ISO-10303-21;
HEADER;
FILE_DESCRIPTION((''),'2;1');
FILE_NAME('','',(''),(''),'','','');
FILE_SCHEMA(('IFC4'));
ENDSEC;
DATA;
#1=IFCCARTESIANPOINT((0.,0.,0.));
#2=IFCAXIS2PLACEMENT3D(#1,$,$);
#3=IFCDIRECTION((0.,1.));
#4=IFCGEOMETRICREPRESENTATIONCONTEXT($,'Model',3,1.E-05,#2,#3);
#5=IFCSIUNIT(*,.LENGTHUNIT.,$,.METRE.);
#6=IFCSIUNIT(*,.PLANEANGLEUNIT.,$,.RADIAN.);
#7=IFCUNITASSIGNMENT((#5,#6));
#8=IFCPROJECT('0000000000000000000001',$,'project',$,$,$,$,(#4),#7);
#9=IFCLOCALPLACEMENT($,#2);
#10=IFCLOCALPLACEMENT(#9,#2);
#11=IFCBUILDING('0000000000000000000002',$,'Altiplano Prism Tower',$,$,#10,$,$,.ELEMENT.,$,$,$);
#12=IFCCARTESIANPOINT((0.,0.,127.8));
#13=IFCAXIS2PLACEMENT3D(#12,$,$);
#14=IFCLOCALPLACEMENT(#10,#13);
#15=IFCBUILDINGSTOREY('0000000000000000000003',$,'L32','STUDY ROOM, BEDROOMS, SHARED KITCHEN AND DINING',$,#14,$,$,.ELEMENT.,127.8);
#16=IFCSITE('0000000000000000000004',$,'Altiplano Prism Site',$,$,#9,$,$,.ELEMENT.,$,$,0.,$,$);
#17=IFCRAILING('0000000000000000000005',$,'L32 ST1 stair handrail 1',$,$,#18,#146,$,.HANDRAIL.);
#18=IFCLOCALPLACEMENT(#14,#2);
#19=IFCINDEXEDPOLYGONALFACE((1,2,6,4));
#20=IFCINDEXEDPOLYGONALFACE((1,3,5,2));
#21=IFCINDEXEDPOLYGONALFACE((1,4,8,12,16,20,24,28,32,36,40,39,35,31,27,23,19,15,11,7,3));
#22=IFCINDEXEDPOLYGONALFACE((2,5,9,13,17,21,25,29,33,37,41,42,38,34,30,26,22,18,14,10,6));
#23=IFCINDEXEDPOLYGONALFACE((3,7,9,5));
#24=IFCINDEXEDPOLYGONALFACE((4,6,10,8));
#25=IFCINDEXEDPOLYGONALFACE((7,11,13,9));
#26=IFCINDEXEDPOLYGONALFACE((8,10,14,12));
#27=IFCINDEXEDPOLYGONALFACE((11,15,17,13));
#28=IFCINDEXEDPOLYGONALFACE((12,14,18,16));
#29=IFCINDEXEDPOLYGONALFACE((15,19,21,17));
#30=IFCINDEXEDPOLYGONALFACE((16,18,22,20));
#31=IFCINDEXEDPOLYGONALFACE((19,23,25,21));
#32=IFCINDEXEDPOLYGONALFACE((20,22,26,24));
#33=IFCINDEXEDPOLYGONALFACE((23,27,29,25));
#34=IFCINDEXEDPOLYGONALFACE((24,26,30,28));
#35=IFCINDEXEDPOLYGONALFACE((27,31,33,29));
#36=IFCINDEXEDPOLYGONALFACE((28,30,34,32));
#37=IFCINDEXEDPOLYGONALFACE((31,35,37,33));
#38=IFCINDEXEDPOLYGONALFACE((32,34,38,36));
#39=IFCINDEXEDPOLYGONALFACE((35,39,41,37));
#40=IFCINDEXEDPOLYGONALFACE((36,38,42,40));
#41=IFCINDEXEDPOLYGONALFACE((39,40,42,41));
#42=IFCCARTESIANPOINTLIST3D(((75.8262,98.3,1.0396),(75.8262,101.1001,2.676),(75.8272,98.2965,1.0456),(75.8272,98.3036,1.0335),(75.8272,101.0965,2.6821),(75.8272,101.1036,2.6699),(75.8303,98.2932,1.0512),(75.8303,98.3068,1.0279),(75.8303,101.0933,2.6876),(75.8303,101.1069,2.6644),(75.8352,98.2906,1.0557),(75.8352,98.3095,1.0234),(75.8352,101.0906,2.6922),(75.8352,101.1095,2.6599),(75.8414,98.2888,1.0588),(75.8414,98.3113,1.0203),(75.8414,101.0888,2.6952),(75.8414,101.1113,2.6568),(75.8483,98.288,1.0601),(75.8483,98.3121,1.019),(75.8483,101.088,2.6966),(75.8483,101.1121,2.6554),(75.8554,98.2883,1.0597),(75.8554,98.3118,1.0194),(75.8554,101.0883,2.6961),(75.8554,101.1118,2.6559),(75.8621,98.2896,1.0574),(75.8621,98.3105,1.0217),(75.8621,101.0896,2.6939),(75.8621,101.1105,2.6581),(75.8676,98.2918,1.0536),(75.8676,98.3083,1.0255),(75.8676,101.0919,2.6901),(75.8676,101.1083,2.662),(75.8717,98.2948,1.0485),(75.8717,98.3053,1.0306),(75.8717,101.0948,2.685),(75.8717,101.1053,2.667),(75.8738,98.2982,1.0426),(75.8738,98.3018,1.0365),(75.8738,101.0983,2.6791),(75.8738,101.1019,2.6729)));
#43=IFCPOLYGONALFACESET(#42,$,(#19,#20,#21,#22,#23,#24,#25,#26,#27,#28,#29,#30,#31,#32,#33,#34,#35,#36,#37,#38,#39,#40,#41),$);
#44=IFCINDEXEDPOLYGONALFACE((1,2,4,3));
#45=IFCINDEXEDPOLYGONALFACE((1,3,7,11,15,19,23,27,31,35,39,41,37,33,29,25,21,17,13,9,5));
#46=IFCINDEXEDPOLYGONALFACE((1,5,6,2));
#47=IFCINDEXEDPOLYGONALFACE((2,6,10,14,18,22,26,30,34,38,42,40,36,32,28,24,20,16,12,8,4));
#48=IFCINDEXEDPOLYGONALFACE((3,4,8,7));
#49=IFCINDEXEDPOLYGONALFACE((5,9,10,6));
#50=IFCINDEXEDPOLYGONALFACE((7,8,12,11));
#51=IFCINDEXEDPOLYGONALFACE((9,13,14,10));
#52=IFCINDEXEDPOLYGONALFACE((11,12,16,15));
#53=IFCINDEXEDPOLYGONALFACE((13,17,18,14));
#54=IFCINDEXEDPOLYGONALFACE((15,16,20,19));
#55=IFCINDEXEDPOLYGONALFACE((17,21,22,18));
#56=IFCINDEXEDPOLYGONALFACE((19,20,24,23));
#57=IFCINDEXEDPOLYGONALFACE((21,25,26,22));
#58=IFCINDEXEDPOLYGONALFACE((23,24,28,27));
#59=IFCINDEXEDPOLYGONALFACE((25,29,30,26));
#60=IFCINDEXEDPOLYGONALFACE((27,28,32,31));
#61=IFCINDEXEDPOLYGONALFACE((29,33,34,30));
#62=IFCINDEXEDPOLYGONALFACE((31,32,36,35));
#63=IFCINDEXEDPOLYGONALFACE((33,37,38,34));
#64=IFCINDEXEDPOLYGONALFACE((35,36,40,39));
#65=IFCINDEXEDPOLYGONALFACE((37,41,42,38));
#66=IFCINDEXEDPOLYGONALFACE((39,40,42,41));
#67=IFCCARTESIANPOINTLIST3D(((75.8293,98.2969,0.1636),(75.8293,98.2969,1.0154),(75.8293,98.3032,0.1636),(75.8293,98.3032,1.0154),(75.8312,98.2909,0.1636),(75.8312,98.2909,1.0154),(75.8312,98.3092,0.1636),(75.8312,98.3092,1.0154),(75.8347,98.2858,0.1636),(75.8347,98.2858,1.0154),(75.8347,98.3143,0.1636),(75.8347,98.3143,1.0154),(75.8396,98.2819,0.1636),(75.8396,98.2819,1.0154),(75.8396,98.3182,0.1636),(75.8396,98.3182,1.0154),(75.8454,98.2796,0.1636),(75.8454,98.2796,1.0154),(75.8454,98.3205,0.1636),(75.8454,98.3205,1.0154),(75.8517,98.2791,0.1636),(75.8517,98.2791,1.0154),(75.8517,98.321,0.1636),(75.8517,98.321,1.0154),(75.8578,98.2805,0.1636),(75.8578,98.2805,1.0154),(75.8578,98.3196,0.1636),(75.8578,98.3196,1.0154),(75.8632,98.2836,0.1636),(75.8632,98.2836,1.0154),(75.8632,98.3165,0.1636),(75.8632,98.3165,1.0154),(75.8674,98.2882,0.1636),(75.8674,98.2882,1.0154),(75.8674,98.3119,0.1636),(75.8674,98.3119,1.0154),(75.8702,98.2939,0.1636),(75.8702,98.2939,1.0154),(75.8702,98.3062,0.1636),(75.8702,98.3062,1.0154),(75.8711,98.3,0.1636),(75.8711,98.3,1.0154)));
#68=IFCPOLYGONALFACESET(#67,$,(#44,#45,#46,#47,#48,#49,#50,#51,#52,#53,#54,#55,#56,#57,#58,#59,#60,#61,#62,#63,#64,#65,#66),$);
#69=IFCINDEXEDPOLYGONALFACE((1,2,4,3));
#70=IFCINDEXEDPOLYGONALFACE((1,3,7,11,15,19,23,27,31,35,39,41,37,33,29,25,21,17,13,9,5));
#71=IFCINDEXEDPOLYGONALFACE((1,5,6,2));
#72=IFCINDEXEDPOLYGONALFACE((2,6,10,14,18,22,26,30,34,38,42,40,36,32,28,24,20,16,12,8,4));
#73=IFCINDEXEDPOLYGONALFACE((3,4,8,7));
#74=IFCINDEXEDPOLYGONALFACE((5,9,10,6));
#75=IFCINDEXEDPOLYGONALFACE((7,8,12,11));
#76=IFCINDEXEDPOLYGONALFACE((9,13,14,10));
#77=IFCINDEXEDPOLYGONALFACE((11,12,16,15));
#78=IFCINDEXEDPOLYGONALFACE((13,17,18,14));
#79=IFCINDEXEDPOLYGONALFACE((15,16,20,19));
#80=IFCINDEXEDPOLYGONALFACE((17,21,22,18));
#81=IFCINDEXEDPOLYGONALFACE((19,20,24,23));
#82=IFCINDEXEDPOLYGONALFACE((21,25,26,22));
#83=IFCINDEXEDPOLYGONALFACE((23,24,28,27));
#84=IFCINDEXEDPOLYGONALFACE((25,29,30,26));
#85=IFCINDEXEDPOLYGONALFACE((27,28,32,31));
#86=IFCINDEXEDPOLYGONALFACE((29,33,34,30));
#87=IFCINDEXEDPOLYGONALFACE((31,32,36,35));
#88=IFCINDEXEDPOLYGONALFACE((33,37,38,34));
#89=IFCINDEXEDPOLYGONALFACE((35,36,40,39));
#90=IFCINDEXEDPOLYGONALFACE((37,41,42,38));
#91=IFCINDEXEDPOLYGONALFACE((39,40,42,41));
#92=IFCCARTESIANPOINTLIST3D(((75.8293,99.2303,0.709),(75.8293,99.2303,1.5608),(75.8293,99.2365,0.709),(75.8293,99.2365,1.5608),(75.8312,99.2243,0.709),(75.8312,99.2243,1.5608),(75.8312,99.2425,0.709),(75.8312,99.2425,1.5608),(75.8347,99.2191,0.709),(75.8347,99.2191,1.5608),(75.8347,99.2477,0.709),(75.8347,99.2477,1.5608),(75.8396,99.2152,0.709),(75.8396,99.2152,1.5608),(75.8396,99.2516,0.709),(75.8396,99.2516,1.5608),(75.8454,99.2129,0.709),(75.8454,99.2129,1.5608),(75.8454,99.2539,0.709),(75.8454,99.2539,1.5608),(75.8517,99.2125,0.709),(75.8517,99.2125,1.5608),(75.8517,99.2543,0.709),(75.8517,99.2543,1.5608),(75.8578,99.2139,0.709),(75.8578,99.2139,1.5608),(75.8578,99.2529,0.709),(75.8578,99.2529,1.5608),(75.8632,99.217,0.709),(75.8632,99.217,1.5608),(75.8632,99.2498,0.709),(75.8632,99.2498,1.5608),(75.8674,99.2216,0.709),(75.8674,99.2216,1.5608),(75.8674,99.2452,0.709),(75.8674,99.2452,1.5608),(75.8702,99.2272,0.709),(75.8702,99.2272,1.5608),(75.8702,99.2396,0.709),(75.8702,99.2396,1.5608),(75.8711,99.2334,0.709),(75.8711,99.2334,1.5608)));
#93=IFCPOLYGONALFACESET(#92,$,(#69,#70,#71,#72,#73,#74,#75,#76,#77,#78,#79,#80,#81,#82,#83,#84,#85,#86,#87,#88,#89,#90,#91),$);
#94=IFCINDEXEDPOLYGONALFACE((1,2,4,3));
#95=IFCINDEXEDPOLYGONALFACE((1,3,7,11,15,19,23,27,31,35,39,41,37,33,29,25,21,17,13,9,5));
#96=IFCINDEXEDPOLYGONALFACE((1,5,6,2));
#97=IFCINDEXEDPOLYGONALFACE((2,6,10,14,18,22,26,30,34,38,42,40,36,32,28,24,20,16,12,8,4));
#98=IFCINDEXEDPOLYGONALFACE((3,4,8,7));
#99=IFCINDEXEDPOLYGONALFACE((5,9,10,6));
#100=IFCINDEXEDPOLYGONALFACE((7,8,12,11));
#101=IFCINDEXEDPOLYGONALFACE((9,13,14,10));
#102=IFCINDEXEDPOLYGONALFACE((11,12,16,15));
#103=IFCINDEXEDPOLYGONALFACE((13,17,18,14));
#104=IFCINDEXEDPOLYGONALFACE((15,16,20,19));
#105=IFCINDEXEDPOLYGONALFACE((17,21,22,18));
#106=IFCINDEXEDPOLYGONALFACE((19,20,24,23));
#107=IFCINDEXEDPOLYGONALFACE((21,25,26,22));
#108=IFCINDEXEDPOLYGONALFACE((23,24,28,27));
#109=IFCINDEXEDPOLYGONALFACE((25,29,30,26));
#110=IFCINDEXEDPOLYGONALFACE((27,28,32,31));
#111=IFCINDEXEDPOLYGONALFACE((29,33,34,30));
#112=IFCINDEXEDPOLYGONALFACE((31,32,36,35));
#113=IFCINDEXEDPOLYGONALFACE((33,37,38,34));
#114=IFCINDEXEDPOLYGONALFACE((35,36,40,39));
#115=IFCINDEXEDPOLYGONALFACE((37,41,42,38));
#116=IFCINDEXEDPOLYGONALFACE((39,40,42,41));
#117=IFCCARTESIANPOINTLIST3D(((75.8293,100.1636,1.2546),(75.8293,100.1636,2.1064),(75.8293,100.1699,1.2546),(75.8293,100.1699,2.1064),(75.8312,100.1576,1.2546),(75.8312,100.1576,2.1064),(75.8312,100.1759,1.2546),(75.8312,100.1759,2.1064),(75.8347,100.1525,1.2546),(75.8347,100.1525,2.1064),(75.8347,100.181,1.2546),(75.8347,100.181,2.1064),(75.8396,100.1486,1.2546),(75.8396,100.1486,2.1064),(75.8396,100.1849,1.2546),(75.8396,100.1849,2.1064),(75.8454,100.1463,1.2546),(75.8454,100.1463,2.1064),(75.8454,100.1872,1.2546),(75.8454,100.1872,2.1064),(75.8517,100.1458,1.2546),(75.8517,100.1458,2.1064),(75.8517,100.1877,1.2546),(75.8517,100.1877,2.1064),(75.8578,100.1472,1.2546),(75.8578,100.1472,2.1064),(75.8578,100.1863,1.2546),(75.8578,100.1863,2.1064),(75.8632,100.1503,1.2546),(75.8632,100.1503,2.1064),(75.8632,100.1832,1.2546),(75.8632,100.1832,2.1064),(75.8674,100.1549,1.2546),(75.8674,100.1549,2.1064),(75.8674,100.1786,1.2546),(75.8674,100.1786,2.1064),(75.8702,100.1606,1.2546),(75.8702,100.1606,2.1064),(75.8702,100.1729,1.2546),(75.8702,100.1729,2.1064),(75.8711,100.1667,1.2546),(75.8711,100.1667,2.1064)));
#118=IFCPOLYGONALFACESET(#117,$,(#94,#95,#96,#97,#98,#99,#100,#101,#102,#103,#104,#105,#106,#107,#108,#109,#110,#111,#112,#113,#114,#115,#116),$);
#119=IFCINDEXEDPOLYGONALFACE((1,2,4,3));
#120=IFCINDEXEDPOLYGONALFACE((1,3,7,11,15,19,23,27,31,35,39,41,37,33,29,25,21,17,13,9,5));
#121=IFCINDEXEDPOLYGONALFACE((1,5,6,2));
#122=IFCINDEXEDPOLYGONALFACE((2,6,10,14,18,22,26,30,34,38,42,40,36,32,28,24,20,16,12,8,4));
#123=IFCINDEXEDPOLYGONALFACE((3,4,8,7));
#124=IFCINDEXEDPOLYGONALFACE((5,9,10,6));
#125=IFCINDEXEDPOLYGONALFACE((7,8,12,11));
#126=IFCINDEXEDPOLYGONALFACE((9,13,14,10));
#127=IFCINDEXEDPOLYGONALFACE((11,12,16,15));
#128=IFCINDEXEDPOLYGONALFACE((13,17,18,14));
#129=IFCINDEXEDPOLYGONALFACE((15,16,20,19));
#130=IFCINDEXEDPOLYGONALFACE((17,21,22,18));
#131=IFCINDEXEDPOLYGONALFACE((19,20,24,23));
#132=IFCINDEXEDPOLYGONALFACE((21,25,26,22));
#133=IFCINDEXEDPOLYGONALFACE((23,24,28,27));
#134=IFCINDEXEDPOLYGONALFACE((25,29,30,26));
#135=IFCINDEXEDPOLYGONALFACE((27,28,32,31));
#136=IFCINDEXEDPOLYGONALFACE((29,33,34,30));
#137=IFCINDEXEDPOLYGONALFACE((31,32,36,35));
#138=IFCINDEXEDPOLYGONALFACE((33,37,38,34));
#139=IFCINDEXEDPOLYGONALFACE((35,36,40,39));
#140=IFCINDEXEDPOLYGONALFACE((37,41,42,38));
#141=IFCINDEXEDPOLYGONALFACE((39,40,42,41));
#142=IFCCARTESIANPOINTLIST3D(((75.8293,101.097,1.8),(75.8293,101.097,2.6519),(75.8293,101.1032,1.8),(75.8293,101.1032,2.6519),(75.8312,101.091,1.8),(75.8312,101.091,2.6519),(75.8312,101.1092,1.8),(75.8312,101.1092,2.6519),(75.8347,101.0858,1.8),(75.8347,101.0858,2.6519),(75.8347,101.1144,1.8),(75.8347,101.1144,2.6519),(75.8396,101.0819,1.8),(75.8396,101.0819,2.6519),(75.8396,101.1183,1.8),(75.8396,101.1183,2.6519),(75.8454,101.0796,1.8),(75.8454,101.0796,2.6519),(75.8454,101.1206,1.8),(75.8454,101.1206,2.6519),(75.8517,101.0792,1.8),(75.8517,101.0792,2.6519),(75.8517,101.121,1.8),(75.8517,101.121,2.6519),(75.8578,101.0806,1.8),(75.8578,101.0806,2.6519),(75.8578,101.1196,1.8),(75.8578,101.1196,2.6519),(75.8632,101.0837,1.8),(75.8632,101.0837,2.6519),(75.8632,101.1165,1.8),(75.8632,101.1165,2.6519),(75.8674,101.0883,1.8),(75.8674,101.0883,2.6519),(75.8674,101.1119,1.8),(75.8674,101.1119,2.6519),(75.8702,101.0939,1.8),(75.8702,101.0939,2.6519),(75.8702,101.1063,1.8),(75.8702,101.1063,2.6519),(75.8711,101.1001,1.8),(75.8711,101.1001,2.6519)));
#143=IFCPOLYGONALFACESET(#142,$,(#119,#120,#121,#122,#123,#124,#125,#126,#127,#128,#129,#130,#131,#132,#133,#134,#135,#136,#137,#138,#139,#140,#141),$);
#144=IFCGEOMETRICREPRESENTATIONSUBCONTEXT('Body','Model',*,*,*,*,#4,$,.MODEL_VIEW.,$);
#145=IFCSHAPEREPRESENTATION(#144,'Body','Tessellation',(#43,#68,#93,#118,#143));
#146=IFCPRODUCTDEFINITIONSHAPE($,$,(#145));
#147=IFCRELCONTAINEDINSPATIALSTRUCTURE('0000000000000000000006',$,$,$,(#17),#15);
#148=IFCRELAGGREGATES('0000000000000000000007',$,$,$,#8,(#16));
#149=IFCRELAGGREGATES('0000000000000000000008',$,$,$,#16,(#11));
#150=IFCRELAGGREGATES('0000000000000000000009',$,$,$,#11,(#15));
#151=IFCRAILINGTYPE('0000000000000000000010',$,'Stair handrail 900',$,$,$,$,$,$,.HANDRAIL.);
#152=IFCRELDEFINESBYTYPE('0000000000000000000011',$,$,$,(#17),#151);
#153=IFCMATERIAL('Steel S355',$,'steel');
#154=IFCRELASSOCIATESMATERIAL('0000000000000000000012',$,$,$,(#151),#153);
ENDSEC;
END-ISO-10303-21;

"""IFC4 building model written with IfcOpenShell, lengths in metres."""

from ifc_helpers import new_model, si_unit, direction, frame, origin, origin_2d, place, context, subcontext, project, spatial, circle, extrude, material, type_object, element, save


model = new_model("IFC4")

# Units and contexts
model_context = context("Model", 3, precision=1e-05, world=origin(), true_north=direction((0.0, 1.0)))
body_context = subcontext(model_context, "Body", "Model", "MODEL_VIEW")
ifc_project = project(units=[si_unit("LENGTHUNIT", "METRE"), si_unit("PLANEANGLEUNIT", "RADIAN")], contexts=[model_context])

# Site, building, storey
site_placement = place(None, origin())
site = spatial("IfcSite", under=ifc_project, at=site_placement, Name="Altiplano Prism Site", CompositionType="ELEMENT", RefElevation=0.0)
building_placement = place(site_placement, origin())
building = spatial("IfcBuilding", under=site, at=building_placement, Name="Altiplano Prism Tower", CompositionType="ELEMENT")
storey_placement = place(building_placement, frame((0.0, 0.0, 127.8)))
storey = spatial("IfcBuildingStorey", under=building, at=storey_placement, Name="L32", Description="STUDY ROOM, BEDROOMS, SHARED KITCHEN AND DINING", CompositionType="ELEMENT", Elevation=127.8)

# Railing
ifc_material_1 = material(Name="Steel S355", Category="steel")
railing_type_1 = type_object("IfcRailingType", Name="Stair handrail 900", PredefinedType="HANDRAIL", material=ifc_material_1)
railing_1_placement = place(storey_placement, frame((75.8501, 98.3, 0.1636)))
element("IfcRailing", 1, at=railing_1_placement, inside=storey, type_object=railing_type_1, Name="L32 ST1 stair handrail 1", PredefinedType="HANDRAIL", context=body_context, shape_type="SweptSolid", body=[
    extrude(circle(Radius=0.0239, at=origin_2d()), frame((0.0, 0.0, 0.876), z_axis=(0.0, 0.863361, 0.504587), x_axis=(-1.0, 0.0, 0.0)), (0.0, 0.0, 1.0), 3.2432),
    extrude(circle(Radius=0.021, at=origin_2d()), origin(), (0.0, 0.0, 1.0), 0.8518),
    extrude(circle(Radius=0.021, at=origin_2d()), frame((0.0, 0.9333, 0.5454)), (0.0, 0.0, 1.0), 0.8518),
    extrude(circle(Radius=0.021, at=origin_2d()), frame((0.0, 1.8667, 1.0911)), (0.0, 0.0, 1.0), 0.8518),
    extrude(circle(Radius=0.021, at=origin_2d()), frame((0.0, 2.8, 1.6365)), (0.0, 0.0, 1.0), 0.8518),
])

save(model, "model.ifc")
